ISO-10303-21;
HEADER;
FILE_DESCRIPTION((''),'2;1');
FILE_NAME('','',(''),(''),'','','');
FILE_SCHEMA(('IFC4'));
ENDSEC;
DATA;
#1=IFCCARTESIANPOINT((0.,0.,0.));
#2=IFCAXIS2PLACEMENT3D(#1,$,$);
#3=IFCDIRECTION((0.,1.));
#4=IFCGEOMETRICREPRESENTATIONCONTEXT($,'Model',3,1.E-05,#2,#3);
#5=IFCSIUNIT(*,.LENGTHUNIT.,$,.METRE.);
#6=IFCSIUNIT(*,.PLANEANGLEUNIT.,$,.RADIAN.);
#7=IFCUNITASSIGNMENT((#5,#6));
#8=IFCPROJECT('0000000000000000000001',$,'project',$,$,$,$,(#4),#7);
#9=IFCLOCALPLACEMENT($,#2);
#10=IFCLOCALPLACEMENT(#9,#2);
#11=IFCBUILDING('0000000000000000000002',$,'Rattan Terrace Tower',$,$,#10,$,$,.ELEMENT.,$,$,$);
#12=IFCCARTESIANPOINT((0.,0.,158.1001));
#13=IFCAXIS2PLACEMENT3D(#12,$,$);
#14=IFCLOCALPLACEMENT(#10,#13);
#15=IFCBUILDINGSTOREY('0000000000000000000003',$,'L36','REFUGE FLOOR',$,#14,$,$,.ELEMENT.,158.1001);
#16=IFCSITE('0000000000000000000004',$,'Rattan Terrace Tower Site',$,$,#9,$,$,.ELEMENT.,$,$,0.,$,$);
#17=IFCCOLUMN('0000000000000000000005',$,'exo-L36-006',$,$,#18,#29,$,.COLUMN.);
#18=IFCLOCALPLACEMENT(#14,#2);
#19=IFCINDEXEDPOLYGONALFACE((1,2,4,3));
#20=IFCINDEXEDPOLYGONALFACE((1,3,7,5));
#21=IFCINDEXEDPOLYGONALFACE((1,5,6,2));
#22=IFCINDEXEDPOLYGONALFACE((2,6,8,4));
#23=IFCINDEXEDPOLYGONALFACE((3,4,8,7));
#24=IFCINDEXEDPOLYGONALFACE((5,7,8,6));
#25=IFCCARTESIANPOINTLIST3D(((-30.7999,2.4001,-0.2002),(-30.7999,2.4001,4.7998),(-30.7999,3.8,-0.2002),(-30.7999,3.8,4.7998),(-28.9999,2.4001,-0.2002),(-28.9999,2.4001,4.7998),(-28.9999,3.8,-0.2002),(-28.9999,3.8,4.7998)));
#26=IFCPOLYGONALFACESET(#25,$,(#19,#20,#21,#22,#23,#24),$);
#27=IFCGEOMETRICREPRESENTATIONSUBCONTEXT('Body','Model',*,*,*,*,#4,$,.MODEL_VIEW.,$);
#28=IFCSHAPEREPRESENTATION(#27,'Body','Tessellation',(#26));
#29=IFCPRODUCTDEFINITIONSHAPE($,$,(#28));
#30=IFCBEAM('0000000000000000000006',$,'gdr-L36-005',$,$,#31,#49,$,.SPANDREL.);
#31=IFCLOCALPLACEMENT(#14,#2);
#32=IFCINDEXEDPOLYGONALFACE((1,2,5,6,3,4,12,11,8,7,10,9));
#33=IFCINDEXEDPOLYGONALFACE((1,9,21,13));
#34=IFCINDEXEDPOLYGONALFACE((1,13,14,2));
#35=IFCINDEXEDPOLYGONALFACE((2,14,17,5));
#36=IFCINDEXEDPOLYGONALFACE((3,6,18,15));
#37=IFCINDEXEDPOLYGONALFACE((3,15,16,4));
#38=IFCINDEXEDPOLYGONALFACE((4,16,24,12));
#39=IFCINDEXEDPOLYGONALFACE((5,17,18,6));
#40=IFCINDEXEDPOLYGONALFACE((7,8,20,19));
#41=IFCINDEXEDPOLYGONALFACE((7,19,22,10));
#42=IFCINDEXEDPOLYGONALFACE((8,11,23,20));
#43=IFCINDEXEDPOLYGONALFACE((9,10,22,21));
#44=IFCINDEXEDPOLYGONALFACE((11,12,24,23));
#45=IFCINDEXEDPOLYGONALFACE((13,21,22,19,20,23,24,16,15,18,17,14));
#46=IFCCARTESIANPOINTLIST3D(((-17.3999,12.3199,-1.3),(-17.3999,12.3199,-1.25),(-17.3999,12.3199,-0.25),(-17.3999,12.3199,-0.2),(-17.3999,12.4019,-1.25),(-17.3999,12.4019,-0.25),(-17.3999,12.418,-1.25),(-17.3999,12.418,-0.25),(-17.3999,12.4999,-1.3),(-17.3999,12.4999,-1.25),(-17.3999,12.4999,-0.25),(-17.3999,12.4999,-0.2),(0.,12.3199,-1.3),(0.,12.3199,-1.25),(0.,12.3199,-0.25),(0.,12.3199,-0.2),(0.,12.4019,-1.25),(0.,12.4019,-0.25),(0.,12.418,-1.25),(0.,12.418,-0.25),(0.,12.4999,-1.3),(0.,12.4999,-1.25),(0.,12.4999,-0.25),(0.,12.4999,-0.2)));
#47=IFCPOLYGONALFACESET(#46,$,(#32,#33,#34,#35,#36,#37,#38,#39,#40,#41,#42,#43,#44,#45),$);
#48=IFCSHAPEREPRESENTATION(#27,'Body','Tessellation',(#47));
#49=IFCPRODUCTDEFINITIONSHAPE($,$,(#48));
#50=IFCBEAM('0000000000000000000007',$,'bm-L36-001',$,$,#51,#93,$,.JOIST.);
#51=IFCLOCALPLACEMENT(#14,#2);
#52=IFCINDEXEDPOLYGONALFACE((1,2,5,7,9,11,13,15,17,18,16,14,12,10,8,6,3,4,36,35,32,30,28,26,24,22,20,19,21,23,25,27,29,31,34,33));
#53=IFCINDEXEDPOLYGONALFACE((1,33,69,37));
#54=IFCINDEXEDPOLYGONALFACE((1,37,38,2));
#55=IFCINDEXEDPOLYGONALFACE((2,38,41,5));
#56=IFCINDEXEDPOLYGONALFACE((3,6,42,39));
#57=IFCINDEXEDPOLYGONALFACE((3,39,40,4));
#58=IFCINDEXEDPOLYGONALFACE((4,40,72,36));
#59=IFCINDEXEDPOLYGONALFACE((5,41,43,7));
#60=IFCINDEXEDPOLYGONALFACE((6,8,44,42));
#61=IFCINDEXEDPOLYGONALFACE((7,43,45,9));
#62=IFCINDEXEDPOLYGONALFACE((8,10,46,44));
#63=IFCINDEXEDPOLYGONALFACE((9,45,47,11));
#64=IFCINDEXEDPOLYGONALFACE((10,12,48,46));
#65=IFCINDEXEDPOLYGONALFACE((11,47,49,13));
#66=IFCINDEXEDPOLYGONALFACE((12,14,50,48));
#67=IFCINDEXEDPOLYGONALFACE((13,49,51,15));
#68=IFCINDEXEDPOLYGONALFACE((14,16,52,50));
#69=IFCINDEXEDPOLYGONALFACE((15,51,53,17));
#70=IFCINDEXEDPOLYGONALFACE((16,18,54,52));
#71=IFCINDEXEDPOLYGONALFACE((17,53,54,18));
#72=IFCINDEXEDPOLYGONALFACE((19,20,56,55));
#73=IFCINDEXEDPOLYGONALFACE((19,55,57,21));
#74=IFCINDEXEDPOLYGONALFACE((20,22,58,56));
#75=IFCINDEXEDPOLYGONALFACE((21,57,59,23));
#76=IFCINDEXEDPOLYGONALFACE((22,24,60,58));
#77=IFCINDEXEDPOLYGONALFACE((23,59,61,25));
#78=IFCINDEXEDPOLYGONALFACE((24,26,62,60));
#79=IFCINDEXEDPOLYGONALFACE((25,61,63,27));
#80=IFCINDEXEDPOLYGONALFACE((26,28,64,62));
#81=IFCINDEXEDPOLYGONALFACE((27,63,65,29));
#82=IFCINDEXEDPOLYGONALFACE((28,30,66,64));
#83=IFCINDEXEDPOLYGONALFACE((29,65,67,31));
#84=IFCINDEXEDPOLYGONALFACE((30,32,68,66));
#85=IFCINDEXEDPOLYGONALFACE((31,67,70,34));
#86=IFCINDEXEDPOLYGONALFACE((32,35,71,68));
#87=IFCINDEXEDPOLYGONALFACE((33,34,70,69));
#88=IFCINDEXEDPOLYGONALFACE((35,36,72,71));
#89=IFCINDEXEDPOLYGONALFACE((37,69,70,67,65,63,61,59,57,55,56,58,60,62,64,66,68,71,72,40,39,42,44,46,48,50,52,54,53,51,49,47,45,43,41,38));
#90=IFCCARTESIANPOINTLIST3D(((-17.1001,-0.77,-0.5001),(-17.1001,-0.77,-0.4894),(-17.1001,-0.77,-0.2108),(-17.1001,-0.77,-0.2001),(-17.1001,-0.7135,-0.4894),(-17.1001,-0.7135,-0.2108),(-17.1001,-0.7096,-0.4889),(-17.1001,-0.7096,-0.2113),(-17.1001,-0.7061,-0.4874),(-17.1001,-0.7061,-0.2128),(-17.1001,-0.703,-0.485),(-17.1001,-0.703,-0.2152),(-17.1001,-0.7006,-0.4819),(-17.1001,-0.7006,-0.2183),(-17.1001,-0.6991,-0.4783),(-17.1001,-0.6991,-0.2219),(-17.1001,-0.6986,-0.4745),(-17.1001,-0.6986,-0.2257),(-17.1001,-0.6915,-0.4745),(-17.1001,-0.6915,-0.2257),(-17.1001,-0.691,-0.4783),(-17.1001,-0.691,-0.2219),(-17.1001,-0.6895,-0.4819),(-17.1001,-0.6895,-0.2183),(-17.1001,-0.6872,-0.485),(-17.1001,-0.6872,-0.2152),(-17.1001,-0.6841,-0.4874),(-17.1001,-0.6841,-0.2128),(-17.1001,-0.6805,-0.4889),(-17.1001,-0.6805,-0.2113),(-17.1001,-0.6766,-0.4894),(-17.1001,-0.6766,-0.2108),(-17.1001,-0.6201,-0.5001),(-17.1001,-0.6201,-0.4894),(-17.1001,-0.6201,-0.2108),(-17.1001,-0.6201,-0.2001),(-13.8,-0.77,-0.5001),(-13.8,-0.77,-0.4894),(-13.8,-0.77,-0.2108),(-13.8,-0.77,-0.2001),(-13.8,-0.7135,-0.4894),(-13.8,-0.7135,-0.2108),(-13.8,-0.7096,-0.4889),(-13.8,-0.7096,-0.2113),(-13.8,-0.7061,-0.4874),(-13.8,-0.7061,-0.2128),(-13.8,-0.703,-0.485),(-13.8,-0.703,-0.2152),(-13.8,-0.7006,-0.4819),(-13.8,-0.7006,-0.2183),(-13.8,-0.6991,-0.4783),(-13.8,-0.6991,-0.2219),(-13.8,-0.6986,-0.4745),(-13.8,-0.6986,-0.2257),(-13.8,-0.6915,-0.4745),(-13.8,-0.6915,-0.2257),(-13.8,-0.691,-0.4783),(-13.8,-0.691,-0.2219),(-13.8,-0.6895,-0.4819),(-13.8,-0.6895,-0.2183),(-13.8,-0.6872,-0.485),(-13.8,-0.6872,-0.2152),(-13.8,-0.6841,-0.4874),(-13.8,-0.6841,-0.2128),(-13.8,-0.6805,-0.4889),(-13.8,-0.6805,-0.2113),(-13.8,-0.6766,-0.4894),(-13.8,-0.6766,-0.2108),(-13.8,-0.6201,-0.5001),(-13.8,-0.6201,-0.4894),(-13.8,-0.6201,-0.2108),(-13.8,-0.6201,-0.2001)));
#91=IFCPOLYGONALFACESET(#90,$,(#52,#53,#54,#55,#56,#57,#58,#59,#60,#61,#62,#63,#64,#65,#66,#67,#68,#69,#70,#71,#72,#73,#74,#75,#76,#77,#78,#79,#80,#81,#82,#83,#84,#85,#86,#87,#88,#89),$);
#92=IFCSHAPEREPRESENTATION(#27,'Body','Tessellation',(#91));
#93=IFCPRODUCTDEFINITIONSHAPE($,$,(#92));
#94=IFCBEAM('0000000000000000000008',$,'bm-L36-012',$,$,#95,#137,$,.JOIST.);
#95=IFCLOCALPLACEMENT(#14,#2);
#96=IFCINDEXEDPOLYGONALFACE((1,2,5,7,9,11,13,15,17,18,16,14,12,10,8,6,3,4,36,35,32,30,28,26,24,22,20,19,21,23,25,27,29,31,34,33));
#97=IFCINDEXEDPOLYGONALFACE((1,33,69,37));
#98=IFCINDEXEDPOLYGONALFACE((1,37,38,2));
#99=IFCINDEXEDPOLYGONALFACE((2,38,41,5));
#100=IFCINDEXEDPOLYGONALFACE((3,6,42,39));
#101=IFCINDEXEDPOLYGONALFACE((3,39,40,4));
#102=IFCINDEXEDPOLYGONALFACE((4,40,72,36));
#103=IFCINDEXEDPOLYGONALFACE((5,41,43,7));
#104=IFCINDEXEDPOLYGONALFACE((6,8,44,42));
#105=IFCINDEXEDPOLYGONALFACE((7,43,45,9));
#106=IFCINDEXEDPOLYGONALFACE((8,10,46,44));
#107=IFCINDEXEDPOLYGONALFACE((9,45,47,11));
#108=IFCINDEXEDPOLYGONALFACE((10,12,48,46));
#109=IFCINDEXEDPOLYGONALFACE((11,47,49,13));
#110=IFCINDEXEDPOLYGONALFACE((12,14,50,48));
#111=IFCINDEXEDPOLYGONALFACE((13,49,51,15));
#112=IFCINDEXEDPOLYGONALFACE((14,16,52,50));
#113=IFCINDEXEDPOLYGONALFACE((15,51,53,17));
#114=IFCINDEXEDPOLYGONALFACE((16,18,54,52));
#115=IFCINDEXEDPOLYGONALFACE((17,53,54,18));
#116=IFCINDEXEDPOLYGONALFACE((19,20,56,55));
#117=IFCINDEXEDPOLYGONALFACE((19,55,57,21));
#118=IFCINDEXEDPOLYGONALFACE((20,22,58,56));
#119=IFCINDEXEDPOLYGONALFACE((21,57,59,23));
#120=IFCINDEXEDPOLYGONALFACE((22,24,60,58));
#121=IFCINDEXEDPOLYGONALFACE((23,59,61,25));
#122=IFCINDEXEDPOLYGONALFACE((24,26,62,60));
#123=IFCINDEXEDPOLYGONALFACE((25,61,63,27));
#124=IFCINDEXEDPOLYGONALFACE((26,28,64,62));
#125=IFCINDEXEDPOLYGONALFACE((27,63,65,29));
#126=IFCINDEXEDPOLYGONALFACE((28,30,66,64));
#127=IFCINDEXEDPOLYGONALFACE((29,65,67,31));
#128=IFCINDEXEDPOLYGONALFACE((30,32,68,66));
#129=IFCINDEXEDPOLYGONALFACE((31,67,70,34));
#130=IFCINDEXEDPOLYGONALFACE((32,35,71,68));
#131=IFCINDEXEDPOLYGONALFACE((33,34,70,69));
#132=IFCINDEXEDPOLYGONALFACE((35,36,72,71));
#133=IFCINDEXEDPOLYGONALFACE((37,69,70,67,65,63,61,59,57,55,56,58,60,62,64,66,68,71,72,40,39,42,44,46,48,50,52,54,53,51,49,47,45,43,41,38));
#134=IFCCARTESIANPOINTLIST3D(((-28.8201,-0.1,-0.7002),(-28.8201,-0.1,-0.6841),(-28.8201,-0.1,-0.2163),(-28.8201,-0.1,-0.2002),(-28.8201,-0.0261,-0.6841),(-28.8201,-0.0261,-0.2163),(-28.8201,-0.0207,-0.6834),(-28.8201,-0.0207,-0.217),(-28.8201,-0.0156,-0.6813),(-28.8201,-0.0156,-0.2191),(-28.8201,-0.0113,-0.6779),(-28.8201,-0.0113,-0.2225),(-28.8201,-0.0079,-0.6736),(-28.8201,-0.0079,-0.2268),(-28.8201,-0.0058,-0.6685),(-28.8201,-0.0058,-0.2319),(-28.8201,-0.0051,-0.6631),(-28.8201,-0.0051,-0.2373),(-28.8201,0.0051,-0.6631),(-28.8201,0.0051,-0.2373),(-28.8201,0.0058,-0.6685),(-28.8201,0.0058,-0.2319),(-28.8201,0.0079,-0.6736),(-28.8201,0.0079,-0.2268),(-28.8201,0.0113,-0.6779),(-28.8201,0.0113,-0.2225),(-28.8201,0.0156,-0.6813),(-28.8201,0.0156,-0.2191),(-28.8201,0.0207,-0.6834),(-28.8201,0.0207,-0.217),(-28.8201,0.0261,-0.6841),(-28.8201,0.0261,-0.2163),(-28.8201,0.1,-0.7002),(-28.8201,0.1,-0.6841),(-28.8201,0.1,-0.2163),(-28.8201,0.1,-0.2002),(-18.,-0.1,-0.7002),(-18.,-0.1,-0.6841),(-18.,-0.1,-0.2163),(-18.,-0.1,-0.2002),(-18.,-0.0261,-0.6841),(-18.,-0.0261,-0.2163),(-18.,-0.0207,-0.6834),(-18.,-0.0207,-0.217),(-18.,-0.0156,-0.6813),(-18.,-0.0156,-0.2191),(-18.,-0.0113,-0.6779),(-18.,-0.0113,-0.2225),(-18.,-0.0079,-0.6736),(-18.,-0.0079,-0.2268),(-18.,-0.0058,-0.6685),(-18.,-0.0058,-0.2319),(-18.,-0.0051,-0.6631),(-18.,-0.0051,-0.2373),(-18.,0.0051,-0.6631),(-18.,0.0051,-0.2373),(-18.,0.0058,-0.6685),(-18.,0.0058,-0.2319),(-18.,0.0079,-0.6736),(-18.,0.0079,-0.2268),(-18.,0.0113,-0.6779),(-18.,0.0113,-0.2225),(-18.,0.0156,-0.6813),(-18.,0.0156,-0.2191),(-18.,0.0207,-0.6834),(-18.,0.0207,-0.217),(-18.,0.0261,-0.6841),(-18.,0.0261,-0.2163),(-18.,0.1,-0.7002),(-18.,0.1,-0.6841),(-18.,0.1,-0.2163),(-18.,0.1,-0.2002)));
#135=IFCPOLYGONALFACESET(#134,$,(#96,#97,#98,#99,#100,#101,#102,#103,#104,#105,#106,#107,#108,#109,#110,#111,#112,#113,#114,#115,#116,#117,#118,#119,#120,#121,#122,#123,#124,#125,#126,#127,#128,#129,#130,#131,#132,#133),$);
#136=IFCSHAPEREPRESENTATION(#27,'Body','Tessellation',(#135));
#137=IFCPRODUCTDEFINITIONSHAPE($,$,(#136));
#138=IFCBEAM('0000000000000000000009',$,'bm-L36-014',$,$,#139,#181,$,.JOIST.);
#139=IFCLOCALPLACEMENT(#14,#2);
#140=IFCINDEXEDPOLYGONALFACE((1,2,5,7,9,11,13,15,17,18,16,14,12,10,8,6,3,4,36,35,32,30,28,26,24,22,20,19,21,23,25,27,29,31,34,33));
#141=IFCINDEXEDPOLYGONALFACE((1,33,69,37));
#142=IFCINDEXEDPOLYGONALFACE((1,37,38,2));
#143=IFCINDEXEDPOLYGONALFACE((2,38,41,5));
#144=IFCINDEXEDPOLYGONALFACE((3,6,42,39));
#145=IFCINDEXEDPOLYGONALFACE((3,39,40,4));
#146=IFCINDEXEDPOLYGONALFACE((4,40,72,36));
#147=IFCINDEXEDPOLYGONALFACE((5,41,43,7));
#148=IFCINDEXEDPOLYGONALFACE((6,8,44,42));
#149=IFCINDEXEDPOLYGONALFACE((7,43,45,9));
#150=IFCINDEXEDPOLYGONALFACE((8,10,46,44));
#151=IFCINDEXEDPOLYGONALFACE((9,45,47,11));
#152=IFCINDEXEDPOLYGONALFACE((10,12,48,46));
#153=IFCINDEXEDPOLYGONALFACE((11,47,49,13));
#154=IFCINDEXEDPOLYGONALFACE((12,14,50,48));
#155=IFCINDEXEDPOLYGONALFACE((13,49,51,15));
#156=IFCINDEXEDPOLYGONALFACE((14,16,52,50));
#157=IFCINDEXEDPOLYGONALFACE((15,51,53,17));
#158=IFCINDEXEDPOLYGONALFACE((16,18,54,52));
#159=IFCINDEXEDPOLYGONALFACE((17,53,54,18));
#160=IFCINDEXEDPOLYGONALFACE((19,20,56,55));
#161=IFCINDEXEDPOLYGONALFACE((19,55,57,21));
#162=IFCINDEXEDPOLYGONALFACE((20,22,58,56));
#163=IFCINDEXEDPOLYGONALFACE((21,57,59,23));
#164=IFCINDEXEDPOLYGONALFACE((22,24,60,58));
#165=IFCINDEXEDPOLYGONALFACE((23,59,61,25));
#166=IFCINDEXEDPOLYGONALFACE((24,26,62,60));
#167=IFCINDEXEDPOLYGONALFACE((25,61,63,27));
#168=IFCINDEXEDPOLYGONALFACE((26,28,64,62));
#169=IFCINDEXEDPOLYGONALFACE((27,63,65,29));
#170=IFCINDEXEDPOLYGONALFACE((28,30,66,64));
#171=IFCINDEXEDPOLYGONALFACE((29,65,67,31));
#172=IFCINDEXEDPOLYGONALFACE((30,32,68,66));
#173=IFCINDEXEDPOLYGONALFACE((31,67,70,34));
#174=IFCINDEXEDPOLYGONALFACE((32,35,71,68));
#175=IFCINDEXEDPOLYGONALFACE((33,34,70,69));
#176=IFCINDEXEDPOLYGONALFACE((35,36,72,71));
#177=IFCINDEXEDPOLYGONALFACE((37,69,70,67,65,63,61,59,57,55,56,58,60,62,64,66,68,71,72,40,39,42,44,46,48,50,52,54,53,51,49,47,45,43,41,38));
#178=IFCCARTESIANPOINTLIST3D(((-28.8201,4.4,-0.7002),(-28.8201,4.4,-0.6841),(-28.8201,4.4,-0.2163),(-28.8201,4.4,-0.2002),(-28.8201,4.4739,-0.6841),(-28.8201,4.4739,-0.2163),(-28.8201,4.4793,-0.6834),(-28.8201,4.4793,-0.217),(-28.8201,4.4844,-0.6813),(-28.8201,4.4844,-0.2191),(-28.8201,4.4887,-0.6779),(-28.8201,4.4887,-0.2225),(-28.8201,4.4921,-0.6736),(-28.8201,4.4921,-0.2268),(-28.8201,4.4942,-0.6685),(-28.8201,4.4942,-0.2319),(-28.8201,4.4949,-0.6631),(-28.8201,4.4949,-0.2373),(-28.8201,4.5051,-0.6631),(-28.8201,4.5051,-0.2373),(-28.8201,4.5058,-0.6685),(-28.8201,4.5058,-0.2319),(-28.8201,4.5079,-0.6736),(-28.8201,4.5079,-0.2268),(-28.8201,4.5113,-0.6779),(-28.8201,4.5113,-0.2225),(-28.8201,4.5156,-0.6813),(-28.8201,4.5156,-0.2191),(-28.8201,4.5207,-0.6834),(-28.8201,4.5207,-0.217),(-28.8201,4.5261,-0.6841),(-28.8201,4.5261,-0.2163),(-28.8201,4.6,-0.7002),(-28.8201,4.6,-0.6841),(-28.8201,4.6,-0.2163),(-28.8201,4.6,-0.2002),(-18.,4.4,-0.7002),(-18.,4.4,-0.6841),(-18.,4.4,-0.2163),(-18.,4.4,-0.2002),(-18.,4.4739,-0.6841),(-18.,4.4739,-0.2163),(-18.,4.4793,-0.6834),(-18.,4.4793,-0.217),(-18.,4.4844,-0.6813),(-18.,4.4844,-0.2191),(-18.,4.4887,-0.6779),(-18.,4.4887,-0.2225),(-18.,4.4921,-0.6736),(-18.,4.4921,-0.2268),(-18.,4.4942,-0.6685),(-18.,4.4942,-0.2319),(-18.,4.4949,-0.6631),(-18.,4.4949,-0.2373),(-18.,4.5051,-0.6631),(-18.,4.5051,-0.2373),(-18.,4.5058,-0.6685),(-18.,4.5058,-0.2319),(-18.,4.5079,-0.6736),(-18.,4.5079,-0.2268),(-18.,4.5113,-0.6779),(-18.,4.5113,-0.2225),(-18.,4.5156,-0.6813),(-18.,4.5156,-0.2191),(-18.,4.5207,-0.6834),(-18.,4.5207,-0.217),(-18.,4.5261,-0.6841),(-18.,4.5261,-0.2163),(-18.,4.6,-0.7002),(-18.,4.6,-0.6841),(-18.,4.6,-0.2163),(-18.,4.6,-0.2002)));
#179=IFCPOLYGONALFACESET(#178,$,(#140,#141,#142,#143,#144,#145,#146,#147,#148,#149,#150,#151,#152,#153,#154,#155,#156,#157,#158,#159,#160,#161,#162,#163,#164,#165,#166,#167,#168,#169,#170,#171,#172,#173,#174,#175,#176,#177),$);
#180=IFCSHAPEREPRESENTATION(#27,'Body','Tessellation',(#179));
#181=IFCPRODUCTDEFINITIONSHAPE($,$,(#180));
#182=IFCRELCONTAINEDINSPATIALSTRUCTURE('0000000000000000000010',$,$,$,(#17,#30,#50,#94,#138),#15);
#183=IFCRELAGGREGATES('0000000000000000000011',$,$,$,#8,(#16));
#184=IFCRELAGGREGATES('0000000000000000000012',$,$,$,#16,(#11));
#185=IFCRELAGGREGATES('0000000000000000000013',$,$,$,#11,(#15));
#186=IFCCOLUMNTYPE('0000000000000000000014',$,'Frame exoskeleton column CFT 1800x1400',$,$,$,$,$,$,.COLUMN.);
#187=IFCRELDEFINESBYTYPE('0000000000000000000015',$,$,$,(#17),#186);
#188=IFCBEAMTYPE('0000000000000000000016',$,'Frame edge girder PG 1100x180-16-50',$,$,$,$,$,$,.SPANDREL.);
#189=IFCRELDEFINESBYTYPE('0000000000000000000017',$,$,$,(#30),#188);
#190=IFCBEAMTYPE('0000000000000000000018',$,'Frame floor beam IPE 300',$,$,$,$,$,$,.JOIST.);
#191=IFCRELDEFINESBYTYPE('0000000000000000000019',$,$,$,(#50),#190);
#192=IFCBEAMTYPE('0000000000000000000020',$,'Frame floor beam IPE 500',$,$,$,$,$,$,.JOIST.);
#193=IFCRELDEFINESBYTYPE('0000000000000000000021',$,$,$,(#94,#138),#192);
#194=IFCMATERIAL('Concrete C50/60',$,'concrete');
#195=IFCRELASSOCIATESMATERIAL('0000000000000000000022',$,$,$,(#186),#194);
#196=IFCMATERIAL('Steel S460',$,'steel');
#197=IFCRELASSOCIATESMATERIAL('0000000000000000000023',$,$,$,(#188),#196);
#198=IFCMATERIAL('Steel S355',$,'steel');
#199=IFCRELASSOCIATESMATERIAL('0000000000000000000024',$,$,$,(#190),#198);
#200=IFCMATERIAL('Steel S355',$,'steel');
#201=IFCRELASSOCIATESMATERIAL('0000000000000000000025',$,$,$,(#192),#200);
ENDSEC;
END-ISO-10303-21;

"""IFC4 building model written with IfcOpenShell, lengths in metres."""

from ifc_helpers import new_model, si_unit, direction, frame, origin, origin_2d, place, context, subcontext, project, spatial, rectangle, i_section, extrude, material, material_profile, profile_set, type_object, element, save


model = new_model("IFC4")

# Units and contexts
model_context = context("Model", 3, precision=1e-05, world=origin(), true_north=direction((0.0, 1.0)))
body_context = subcontext(model_context, "Body", "Model", "MODEL_VIEW")
ifc_project = project(units=[si_unit("LENGTHUNIT", "METRE"), si_unit("PLANEANGLEUNIT", "RADIAN")], contexts=[model_context])

# Site, building, storey
site_placement = place(None, origin())
site = spatial("IfcSite", under=ifc_project, at=site_placement, Name="Rattan Terrace Tower Site", CompositionType="ELEMENT", RefElevation=0.0)
building_placement = place(site_placement, origin())
building = spatial("IfcBuilding", under=site, at=building_placement, Name="Rattan Terrace Tower", CompositionType="ELEMENT")
storey_placement = place(building_placement, frame((0.0, 0.0, 158.1001)))
storey = spatial("IfcBuildingStorey", under=building, at=storey_placement, Name="L36", Description="REFUGE FLOOR", CompositionType="ELEMENT", Elevation=158.1001)

# Column
ifc_material_1 = material(Name="Concrete C50/60", Category="concrete")
ifc_material_profile_1 = material_profile(ifc_material_1, rectangle(XDim=1.3999, YDim=1.8, at=origin_2d()), Name="CFT 1800x1400")
ifc_profile_set_1 = profile_set([ifc_material_profile_1], Name="Concrete C50/60")
column_type = type_object("IfcColumnType", Name="Frame exoskeleton column CFT 1800x1400", PredefinedType="COLUMN", material=ifc_profile_set_1)
column_placement = place(storey_placement, frame((-29.8999, 3.1001, -0.2002), z_axis=(0.0, 0.0, 1.0), x_axis=(0.0, 1.0, 0.0)))
element("IfcColumn", 1, at=column_placement, inside=storey, type_object=column_type, Name="exo-L36-006", PredefinedType="COLUMN", context=body_context, shape_type="SweptSolid", body=[
    extrude(rectangle(XDim=1.3999, YDim=1.8, at=origin_2d()), origin(), (0.0, 0.0, 1.0), 5.0),
])

# Beams
ifc_material_2 = material(Name="Steel S460", Category="steel")
ifc_material_profile_2 = material_profile(ifc_material_2, i_section(OverallWidth=0.1799, OverallDepth=1.1001, WebThickness=0.0161, FlangeThickness=0.05, at=origin_2d()), Name="PG 1100x180-16-50")
ifc_profile_set_2 = profile_set([ifc_material_profile_2], Name="Steel S460")
beam_type_1 = type_object("IfcBeamType", Name="Frame edge girder PG 1100x180-16-50", PredefinedType="SPANDREL", material=ifc_profile_set_2)
beam_1_placement = place(storey_placement, frame((-17.3999, 12.4099, -0.75), z_axis=(1.0, 0.0, 0.0), x_axis=(0.0, 1.0, 0.0)))
element("IfcBeam", 2, at=beam_1_placement, inside=storey, type_object=beam_type_1, Name="gdr-L36-005", PredefinedType="SPANDREL", context=body_context, shape_type="SweptSolid", body=[
    extrude(i_section(OverallWidth=0.1799, OverallDepth=1.1001, WebThickness=0.0161, FlangeThickness=0.05, at=origin_2d()), origin(), (0.0, 0.0, 1.0), 17.3999),
])
ifc_material_3 = material(Name="Steel S355", Category="steel")
ifc_material_profile_3 = material_profile(ifc_material_3, i_section(OverallWidth=0.1499, OverallDepth=0.3, WebThickness=0.0071, FlangeThickness=0.0107, FilletRadius=0.0149, at=origin_2d()), Name="IPE 300")
ifc_profile_set_3 = profile_set([ifc_material_profile_3], Name="Steel S355")
beam_type_2 = type_object("IfcBeamType", Name="Frame floor beam IPE 300", PredefinedType="JOIST", material=ifc_profile_set_3)
beam_2_placement = place(storey_placement, frame((-17.1001, -0.6951, -0.3501), z_axis=(1.0, 0.0, 0.0), x_axis=(0.0, 1.0, 0.0)))
element("IfcBeam", 3, at=beam_2_placement, inside=storey, type_object=beam_type_2, Name="bm-L36-001", PredefinedType="JOIST", context=body_context, shape_type="SweptSolid", body=[
    extrude(i_section(OverallWidth=0.1499, OverallDepth=0.3, WebThickness=0.0071, FlangeThickness=0.0107, FilletRadius=0.0149, at=origin_2d()), origin(), (0.0, 0.0, 1.0), 3.3),
])
ifc_material_4 = material(Name="Steel S355", Category="steel")
ifc_material_profile_4 = material_profile(ifc_material_4, i_section(OverallWidth=0.2, OverallDepth=0.5, WebThickness=0.0103, FlangeThickness=0.0161, FilletRadius=0.021, at=origin_2d()), Name="IPE 500")
ifc_profile_set_4 = profile_set([ifc_material_profile_4], Name="Steel S355")
beam_type_3 = type_object("IfcBeamType", Name="Frame floor beam IPE 500", PredefinedType="JOIST", material=ifc_profile_set_4)
for number, where, z_axis, x_axis, name in (
    (4, (-28.8201, 0.0, -0.4502), (1.0, 0.0, 0.0), (0.0, 1.0, 0.0), "bm-L36-012"),
    (5, (-28.8201, 4.5, -0.4502), (1.0, 0.0, 0.0), (0.0, 1.0, 0.0), "bm-L36-014"),
):
    element("IfcBeam", number, at=place(storey_placement, frame(where, z_axis=z_axis, x_axis=x_axis)), inside=storey, type_object=beam_type_3, Name=name, PredefinedType="JOIST", context=body_context, shape_type="SweptSolid", body=[
        extrude(i_section(OverallWidth=0.2, OverallDepth=0.5, WebThickness=0.0103, FlangeThickness=0.0161, FilletRadius=0.021, at=origin_2d()), origin(), (0.0, 0.0, 1.0), 10.8201),
    ])

save(model, "model.ifc")
